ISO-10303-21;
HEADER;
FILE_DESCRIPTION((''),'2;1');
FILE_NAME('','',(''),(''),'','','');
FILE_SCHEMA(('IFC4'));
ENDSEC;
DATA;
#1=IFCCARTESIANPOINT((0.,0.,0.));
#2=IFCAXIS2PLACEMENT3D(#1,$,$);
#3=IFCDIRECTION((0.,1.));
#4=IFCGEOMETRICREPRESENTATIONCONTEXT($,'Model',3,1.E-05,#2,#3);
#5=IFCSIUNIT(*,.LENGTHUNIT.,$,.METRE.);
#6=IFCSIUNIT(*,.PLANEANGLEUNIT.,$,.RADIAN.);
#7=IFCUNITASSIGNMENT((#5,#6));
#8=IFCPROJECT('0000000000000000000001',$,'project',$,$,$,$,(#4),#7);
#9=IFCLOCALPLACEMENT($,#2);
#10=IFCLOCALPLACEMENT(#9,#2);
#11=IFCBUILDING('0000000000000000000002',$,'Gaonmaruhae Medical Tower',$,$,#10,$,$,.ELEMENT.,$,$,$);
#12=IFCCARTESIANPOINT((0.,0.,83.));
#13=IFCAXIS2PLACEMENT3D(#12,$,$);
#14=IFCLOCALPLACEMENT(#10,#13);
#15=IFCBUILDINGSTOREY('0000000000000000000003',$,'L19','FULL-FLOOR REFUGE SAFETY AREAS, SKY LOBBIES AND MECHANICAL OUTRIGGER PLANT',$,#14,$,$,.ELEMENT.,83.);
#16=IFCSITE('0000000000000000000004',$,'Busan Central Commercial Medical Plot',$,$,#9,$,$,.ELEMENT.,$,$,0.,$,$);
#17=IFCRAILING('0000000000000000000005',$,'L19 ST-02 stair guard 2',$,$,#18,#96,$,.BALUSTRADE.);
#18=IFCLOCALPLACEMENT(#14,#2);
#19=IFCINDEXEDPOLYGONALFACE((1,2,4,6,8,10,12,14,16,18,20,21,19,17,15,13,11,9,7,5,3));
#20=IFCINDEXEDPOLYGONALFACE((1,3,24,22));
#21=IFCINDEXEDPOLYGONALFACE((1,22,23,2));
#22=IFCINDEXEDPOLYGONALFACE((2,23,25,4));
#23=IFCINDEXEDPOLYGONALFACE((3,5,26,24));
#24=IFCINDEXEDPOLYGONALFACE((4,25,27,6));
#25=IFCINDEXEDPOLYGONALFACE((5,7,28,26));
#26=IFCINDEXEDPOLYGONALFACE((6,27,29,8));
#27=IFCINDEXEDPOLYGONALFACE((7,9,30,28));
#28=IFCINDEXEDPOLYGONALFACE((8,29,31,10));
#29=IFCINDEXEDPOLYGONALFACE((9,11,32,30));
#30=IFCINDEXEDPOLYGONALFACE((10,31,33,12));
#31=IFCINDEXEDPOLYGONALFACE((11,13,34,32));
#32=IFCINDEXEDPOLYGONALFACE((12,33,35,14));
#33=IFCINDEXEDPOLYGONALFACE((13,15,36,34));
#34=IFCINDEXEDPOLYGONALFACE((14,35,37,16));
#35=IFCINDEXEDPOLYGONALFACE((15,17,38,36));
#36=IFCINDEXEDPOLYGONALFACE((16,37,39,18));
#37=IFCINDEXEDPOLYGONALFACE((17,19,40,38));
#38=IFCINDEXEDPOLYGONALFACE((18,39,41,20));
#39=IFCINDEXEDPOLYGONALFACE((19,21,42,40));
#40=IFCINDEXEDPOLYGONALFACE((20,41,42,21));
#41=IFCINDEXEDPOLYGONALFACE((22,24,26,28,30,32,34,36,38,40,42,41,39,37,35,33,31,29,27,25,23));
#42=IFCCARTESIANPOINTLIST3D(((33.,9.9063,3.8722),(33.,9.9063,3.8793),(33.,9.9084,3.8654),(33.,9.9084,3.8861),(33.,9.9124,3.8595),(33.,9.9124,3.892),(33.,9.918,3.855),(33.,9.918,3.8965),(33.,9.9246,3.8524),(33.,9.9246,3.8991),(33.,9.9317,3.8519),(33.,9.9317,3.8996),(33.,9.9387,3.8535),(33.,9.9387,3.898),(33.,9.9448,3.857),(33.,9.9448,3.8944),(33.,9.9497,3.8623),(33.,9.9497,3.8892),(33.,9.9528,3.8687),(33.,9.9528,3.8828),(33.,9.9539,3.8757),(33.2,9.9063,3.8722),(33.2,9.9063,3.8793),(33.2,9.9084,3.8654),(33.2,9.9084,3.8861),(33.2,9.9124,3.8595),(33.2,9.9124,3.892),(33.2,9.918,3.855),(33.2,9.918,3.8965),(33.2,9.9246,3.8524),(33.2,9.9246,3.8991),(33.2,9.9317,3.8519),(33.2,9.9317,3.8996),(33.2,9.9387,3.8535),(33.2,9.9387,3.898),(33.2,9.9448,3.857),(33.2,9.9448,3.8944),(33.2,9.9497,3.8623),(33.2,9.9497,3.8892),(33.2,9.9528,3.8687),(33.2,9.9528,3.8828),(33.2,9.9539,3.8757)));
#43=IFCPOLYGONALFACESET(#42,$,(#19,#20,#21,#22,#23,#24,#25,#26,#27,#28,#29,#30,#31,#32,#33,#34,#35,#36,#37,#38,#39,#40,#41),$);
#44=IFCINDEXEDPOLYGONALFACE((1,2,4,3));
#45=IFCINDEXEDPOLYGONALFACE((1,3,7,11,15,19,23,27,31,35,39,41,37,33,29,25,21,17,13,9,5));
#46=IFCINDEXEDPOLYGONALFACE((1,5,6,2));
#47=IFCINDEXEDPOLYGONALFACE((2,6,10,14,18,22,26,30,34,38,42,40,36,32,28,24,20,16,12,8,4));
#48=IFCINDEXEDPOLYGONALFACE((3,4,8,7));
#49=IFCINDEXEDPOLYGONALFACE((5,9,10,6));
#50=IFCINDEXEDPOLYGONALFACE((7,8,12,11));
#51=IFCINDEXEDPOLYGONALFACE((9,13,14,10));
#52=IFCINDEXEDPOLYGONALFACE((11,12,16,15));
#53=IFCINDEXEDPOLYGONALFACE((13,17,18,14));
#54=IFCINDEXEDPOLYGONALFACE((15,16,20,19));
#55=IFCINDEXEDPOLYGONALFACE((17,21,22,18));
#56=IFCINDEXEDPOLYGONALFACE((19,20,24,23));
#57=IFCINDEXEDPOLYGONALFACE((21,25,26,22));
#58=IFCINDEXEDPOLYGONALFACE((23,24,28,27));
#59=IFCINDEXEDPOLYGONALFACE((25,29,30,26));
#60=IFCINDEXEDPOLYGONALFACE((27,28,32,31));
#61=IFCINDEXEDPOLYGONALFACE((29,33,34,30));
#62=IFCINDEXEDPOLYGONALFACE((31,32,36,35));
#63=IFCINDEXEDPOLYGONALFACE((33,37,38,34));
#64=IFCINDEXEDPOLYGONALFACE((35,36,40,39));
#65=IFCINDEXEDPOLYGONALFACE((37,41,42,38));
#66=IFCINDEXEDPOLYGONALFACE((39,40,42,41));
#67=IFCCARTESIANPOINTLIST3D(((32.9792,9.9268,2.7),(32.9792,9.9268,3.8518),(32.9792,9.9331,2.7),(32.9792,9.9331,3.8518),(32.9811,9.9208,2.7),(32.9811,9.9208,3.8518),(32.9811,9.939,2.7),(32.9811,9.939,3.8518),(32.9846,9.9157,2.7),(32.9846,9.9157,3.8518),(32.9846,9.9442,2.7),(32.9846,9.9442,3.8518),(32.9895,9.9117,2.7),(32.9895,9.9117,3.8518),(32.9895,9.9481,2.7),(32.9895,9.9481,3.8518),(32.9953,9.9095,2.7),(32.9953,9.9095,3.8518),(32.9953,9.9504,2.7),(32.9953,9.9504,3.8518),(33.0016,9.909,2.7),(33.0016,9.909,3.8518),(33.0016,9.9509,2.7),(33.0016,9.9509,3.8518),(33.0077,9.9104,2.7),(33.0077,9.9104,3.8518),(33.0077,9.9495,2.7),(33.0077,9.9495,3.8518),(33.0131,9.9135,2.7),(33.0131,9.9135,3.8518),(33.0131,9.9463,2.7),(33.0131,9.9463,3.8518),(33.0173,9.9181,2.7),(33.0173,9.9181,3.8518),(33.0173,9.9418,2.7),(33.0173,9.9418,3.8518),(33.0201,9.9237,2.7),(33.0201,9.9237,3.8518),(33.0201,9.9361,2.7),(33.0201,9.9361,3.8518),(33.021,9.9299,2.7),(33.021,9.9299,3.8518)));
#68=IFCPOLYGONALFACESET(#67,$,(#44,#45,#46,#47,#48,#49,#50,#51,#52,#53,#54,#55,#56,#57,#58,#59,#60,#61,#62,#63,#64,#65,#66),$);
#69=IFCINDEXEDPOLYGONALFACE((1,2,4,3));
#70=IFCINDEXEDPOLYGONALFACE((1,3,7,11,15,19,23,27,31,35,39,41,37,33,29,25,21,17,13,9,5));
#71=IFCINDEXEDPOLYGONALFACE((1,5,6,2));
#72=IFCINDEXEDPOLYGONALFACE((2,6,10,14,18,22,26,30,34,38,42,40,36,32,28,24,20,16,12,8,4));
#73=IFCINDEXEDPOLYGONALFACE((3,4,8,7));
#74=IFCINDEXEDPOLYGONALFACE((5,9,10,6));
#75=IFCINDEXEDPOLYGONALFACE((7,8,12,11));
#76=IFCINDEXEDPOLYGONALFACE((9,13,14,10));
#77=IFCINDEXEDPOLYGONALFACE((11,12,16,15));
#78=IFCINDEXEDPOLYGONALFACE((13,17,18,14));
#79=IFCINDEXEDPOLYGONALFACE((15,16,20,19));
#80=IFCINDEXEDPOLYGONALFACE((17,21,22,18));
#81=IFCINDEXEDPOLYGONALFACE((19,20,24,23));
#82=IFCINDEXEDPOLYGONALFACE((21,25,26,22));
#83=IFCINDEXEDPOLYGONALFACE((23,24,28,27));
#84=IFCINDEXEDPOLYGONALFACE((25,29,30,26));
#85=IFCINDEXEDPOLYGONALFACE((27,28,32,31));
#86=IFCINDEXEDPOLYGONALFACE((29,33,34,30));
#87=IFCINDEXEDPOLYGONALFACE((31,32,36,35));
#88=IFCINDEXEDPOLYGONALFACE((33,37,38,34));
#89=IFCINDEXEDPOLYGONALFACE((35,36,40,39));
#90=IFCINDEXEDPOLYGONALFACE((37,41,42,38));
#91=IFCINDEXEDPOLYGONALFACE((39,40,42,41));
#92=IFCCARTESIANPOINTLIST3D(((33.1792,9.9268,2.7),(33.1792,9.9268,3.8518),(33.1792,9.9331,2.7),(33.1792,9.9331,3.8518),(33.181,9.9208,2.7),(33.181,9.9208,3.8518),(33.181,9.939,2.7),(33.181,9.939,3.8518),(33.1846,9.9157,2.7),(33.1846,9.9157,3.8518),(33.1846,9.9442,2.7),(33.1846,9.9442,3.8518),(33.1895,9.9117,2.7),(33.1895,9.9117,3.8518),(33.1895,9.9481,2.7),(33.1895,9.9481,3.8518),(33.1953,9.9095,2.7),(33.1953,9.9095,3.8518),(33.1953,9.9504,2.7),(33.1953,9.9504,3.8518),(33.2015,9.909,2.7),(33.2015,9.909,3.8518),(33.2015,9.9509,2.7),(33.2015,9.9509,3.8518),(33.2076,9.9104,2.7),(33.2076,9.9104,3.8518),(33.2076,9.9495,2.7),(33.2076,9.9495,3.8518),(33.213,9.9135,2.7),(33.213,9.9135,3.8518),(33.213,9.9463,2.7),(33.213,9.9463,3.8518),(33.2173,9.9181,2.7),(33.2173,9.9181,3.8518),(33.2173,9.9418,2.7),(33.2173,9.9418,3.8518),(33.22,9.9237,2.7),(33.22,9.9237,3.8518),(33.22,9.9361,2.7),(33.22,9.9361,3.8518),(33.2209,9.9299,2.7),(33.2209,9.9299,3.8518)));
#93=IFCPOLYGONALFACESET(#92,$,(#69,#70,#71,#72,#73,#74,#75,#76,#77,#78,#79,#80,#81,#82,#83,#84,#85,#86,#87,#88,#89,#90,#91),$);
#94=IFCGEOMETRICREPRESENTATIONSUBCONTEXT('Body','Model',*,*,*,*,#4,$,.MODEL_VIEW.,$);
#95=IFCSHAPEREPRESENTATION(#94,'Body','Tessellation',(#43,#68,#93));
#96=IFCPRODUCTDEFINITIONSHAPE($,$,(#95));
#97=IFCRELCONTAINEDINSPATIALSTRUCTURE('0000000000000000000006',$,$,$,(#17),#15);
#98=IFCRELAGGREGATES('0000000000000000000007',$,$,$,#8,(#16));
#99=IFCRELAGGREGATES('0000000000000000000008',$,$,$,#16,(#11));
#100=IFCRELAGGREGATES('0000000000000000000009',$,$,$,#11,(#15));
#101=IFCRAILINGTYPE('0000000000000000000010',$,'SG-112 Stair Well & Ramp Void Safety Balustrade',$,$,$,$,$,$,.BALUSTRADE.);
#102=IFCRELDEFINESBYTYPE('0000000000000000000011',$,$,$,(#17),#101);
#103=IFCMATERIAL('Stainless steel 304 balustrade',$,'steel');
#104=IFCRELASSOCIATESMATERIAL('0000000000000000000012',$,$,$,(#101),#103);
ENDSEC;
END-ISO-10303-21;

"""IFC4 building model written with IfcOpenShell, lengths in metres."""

from ifc_helpers import new_model, si_unit, direction, frame, origin, origin_2d, place, context, subcontext, project, spatial, circle, extrude, material, type_object, element, save


model = new_model("IFC4")

# Units and contexts
model_context = context("Model", 3, precision=1e-05, world=origin(), true_north=direction((0.0, 1.0)))
body_context = subcontext(model_context, "Body", "Model", "MODEL_VIEW")
ifc_project = project(units=[si_unit("LENGTHUNIT", "METRE"), si_unit("PLANEANGLEUNIT", "RADIAN")], contexts=[model_context])

# Site, building, storey
site_placement = place(None, origin())
site = spatial("IfcSite", under=ifc_project, at=site_placement, Name="Busan Central Commercial Medical Plot", CompositionType="ELEMENT", RefElevation=0.0)
building_placement = place(site_placement, origin())
building = spatial("IfcBuilding", under=site, at=building_placement, Name="Gaonmaruhae Medical Tower", CompositionType="ELEMENT")
storey_placement = place(building_placement, frame((0.0, 0.0, 83.0)))
storey = spatial("IfcBuildingStorey", under=building, at=storey_placement, Name="L19", Description="FULL-FLOOR REFUGE SAFETY AREAS, SKY LOBBIES AND MECHANICAL OUTRIGGER PLANT", CompositionType="ELEMENT", Elevation=83.0)

# Railing
ifc_material_1 = material(Name="Stainless steel 304 balustrade", Category="steel")
railing_type_1 = type_object("IfcRailingType", Name="SG-112 Stair Well & Ramp Void Safety Balustrade", PredefinedType="BALUSTRADE", material=ifc_material_1)
railing_1_placement = place(storey_placement, frame((33.0, 9.9299, 2.7)))
element("IfcRailing", 1, at=railing_1_placement, inside=storey, type_object=railing_type_1, Name="L19 ST-02 stair guard 2", PredefinedType="BALUSTRADE", context=body_context, shape_type="SweptSolid", body=[
    extrude(circle(Radius=0.0239, at=origin_2d()), frame((0.0, 0.0, 1.1758), z_axis=(1.0, 0.0, 0.0), x_axis=(0.0, 1.0, 0.0)), (0.0, 0.0, 1.0), 0.2),
    extrude(circle(Radius=0.021, at=origin_2d()), origin(), (0.0, 0.0, 1.0), 1.1519),
    extrude(circle(Radius=0.021, at=origin_2d()), frame((0.2, 0.0, 0.0)), (0.0, 0.0, 1.0), 1.1519),
])

save(model, "model.ifc")
